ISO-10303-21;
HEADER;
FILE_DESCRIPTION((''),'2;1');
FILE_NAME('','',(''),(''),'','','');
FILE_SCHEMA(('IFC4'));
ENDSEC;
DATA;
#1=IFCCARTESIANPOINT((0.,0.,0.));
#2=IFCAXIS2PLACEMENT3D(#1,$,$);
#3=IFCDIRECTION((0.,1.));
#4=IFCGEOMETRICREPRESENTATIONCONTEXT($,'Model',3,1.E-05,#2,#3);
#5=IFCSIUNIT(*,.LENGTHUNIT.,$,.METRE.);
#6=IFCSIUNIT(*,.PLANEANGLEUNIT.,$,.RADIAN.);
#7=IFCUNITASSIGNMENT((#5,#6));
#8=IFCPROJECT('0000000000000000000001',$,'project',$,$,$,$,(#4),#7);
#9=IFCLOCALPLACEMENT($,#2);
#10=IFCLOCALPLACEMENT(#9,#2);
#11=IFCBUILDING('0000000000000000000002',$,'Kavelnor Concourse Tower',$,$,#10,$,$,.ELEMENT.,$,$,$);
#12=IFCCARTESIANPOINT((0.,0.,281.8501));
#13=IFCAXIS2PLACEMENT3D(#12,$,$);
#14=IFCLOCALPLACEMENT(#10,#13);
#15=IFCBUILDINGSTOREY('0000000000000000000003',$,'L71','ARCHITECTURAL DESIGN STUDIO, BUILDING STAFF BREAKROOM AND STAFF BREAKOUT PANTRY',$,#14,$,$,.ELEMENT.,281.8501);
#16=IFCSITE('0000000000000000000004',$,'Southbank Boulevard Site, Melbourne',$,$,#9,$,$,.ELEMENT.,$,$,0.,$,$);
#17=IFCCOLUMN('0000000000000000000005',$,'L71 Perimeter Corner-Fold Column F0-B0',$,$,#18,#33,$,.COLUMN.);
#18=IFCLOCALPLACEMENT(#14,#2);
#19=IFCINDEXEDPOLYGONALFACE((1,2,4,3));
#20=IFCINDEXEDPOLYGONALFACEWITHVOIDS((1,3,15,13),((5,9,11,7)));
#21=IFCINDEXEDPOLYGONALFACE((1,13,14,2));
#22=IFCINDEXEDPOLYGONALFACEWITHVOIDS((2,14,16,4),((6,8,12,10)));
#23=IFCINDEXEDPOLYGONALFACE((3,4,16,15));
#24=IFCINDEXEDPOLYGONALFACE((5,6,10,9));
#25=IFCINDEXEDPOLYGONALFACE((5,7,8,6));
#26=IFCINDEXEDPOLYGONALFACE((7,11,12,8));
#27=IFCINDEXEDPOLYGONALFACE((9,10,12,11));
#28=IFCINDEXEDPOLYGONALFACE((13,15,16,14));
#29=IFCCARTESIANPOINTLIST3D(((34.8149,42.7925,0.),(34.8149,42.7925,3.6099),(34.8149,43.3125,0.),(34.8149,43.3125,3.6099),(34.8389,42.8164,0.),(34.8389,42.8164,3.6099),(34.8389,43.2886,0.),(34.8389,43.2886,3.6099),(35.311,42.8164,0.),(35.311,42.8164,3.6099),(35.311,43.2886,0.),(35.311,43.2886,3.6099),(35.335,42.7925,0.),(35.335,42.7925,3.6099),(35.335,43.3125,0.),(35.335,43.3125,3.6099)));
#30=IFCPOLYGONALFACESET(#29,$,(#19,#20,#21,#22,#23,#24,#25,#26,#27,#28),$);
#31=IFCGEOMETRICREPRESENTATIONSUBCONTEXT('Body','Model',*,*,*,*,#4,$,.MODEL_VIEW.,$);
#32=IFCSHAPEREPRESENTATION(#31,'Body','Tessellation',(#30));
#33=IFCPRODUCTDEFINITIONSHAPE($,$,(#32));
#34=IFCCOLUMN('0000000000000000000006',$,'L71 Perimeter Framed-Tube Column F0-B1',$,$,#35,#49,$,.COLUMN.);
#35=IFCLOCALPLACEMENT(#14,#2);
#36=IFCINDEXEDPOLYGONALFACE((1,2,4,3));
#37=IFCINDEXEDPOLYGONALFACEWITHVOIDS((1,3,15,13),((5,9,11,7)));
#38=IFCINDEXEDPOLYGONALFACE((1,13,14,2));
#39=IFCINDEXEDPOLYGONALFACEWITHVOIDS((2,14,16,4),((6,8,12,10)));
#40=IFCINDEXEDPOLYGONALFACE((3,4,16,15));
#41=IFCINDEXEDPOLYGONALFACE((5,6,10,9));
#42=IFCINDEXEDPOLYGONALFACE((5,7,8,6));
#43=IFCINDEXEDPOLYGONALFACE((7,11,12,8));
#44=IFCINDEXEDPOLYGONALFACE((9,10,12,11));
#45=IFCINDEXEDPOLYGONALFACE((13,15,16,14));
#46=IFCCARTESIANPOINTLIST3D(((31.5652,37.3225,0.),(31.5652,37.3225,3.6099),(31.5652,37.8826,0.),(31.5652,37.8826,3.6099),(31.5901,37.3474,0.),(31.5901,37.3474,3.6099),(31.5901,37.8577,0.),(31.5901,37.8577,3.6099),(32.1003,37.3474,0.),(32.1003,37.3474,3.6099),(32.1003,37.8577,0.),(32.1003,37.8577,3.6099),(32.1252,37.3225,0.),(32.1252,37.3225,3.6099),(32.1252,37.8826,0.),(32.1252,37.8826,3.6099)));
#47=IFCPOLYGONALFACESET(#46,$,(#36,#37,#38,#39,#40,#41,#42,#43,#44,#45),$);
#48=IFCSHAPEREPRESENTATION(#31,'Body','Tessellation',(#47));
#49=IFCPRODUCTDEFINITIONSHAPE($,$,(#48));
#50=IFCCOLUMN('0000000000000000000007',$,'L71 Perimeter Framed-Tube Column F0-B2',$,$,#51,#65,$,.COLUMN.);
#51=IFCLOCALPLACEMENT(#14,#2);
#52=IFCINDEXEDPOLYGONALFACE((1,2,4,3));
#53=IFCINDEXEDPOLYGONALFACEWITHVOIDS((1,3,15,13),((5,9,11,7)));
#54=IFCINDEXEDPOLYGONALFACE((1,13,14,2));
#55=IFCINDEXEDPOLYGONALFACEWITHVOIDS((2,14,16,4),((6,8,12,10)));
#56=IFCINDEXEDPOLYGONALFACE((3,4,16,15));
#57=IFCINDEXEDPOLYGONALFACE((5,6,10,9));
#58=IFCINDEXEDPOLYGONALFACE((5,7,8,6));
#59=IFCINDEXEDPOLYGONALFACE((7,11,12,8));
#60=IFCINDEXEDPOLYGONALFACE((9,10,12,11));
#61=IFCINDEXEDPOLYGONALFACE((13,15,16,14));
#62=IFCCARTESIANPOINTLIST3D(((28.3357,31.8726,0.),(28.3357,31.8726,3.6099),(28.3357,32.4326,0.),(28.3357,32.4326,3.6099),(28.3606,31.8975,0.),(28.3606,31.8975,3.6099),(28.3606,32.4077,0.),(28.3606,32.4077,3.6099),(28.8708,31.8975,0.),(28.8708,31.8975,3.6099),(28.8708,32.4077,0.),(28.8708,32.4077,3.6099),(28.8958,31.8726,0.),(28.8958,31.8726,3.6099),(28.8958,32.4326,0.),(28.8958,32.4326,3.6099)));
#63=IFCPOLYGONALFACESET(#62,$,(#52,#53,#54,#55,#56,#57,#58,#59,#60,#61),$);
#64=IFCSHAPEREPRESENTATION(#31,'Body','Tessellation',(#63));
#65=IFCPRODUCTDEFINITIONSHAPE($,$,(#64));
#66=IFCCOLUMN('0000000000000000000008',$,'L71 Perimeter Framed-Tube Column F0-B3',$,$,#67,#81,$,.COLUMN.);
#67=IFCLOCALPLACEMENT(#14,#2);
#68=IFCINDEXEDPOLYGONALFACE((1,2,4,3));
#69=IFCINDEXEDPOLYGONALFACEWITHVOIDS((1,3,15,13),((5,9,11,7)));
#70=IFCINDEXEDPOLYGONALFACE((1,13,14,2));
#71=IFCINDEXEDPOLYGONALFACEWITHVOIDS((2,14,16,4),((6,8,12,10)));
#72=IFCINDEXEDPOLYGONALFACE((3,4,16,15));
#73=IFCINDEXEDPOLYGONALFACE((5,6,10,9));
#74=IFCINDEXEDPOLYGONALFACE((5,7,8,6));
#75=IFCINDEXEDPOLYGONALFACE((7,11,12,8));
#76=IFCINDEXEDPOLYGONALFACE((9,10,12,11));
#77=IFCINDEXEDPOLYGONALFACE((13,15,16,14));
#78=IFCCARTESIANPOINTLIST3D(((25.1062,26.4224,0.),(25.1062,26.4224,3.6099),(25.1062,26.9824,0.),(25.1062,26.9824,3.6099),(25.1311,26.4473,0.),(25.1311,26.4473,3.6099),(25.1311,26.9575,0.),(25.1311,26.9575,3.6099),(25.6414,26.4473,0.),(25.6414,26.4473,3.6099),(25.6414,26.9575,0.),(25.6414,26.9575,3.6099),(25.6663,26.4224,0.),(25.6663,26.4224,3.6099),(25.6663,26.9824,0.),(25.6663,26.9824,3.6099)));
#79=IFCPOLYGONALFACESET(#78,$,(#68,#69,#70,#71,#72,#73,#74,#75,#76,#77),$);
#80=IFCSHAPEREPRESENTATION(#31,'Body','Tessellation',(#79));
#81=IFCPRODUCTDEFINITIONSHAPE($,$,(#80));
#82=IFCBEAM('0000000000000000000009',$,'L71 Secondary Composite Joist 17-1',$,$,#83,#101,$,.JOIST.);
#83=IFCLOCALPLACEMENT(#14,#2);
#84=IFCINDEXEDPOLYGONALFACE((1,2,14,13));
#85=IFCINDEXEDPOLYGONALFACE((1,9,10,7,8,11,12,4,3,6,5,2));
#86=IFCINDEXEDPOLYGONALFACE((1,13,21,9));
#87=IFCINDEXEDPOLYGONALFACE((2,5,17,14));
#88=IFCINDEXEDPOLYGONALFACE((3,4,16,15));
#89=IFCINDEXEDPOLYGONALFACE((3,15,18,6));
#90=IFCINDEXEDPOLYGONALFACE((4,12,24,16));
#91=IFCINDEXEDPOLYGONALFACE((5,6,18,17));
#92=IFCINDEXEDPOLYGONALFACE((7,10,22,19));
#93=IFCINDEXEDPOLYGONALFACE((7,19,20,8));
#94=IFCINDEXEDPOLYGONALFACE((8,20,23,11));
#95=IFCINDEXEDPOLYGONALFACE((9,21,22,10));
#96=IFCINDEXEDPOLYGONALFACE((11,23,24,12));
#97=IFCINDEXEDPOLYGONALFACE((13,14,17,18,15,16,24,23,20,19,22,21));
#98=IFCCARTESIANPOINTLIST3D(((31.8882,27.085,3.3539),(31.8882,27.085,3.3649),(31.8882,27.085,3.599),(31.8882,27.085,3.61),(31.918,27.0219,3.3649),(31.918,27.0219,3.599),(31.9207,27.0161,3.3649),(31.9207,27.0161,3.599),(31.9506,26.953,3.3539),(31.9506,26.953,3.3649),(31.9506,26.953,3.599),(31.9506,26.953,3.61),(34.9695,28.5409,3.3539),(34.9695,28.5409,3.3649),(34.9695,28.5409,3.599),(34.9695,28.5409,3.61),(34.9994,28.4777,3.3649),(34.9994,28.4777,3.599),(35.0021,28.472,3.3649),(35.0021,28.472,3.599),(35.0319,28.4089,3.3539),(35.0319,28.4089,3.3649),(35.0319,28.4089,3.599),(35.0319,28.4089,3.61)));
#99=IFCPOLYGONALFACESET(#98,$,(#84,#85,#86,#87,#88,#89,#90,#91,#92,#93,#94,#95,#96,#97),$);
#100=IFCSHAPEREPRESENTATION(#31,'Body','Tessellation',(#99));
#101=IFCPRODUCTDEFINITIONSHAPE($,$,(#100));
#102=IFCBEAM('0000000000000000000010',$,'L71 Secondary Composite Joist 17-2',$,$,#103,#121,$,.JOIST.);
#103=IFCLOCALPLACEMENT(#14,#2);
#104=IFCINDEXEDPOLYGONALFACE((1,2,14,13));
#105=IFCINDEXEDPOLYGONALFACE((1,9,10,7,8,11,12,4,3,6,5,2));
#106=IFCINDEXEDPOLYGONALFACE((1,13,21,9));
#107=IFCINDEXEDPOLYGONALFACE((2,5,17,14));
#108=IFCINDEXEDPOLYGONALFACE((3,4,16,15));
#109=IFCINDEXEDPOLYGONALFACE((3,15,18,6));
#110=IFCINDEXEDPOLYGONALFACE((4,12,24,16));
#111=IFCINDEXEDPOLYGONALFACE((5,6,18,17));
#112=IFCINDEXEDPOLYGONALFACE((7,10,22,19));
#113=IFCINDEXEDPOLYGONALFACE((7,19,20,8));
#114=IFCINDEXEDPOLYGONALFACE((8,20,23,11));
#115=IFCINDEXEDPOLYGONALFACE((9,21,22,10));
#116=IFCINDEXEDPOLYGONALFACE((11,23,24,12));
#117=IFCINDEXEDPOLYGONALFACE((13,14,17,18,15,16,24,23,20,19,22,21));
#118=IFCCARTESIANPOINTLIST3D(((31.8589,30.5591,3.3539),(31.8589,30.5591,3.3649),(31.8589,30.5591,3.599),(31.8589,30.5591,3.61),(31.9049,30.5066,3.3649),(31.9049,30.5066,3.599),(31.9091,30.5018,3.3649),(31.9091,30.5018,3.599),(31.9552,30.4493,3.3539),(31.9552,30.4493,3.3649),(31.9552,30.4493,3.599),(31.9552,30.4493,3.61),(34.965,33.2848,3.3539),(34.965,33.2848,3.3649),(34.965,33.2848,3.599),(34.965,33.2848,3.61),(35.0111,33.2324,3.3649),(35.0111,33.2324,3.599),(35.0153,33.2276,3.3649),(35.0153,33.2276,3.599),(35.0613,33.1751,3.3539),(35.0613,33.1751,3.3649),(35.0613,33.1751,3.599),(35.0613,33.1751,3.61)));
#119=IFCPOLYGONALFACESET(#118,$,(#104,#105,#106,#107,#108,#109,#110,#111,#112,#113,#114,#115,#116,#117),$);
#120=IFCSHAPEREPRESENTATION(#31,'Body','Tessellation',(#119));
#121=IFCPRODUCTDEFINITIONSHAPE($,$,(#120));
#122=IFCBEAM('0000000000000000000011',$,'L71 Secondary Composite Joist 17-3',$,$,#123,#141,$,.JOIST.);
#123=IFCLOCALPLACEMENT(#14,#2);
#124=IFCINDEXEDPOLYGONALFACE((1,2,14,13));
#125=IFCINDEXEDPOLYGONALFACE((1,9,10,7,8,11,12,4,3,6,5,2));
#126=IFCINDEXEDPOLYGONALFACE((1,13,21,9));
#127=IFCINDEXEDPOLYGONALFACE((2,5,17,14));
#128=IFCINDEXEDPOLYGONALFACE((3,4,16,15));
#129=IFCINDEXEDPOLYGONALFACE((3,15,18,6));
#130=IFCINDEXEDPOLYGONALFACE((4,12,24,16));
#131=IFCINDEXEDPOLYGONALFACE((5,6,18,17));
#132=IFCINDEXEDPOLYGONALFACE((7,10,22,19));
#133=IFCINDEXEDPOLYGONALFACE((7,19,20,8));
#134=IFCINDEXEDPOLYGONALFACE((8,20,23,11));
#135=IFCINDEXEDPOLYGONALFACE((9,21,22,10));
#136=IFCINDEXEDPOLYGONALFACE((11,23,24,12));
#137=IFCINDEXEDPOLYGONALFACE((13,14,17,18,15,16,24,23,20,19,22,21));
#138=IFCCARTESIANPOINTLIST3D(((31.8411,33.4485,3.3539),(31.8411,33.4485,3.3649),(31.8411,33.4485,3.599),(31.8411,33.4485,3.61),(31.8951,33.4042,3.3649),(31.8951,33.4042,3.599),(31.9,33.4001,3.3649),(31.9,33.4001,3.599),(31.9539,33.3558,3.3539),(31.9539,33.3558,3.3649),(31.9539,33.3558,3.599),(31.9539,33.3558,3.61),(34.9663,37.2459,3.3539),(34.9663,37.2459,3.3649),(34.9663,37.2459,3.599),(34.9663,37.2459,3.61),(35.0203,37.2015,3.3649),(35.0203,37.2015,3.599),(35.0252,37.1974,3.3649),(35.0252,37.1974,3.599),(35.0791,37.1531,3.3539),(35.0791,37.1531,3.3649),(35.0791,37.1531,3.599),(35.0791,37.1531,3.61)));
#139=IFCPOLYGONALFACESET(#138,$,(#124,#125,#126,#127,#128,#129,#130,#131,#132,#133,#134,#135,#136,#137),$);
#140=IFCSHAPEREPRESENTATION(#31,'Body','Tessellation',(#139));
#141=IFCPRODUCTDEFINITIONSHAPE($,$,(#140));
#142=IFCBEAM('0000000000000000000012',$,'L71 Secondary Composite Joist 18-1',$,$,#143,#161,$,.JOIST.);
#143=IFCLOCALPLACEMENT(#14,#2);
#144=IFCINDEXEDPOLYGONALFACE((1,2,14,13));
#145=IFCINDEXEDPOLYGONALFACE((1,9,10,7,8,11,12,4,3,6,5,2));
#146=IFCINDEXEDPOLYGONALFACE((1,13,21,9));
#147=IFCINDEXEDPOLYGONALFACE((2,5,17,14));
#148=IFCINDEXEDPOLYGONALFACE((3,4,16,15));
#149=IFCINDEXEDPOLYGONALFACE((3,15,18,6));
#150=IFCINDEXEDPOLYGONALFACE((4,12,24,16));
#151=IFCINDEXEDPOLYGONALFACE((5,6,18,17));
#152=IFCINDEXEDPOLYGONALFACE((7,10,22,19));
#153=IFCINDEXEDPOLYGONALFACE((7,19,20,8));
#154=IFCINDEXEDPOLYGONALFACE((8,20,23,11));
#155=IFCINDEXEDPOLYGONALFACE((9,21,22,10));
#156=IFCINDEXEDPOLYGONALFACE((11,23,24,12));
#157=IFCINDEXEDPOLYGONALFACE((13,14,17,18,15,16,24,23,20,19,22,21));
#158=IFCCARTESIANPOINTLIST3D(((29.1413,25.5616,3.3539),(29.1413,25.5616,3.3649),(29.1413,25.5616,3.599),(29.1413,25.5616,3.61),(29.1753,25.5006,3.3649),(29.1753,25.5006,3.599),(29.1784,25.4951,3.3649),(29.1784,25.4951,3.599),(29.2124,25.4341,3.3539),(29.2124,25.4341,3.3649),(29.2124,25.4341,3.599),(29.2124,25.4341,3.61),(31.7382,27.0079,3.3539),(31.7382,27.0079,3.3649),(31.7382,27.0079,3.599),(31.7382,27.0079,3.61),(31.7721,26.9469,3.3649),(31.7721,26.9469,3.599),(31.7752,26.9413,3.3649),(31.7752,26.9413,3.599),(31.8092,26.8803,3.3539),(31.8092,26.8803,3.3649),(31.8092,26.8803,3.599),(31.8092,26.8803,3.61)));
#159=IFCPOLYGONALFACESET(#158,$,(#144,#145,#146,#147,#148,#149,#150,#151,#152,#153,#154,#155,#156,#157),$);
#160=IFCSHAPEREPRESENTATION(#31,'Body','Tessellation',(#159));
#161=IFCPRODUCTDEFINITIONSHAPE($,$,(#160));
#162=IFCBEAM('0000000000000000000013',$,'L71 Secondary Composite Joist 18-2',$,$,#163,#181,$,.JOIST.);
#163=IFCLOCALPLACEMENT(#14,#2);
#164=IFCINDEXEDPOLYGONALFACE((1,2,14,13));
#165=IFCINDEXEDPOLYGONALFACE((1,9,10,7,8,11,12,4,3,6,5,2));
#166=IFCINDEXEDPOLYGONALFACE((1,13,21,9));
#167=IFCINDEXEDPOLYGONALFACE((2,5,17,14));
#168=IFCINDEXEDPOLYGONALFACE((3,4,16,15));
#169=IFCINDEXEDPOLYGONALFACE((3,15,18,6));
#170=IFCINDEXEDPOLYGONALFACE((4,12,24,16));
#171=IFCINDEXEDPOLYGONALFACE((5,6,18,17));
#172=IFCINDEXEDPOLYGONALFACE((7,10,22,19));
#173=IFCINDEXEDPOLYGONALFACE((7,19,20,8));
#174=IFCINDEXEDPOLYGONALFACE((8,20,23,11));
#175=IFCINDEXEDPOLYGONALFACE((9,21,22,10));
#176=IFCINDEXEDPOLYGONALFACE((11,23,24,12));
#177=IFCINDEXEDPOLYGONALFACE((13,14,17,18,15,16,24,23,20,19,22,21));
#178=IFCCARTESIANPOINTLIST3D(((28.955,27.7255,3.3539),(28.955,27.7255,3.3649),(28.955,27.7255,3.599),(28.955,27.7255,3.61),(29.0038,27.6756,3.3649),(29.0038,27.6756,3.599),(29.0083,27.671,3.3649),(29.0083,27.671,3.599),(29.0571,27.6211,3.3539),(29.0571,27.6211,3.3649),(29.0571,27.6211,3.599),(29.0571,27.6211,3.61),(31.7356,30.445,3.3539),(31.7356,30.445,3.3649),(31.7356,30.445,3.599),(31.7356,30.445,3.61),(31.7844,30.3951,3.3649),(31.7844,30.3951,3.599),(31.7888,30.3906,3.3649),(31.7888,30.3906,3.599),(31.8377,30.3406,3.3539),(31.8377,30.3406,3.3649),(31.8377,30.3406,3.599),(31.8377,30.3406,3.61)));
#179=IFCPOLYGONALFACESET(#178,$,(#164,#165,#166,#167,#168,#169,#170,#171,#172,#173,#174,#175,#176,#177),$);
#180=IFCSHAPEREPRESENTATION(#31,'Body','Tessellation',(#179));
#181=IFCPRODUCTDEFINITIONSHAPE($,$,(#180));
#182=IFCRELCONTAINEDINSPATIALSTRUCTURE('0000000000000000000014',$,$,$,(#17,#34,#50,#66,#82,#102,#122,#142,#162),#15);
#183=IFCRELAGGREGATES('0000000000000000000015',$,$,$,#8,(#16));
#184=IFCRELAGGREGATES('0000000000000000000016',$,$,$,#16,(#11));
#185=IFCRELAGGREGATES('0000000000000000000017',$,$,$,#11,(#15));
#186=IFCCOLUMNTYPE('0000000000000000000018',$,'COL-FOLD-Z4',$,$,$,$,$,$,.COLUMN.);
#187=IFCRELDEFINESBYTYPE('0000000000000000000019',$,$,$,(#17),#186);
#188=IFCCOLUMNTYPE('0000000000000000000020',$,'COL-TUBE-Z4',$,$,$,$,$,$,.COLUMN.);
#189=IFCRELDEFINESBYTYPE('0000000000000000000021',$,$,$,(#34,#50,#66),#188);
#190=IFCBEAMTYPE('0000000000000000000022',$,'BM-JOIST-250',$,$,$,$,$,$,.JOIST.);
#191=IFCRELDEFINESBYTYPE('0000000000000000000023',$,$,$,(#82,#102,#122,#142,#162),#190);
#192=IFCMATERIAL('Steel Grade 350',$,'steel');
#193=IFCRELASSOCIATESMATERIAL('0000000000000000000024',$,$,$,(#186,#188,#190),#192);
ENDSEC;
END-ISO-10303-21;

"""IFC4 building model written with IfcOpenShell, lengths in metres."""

from ifc_helpers import new_model, si_unit, direction, frame, origin, origin_2d, place, context, subcontext, project, spatial, hollow_rectangle, i_section, extrude, material, material_profile, profile_set, type_object, element, save


model = new_model("IFC4")

# Units and contexts
model_context = context("Model", 3, precision=1e-05, world=origin(), true_north=direction((0.0, 1.0)))
body_context = subcontext(model_context, "Body", "Model", "MODEL_VIEW")
ifc_project = project(units=[si_unit("LENGTHUNIT", "METRE"), si_unit("PLANEANGLEUNIT", "RADIAN")], contexts=[model_context])

# Site, building, storey
site_placement = place(None, origin())
site = spatial("IfcSite", under=ifc_project, at=site_placement, Name="Southbank Boulevard Site, Melbourne", CompositionType="ELEMENT", RefElevation=0.0)
building_placement = place(site_placement, origin())
building = spatial("IfcBuilding", under=site, at=building_placement, Name="Kavelnor Concourse Tower", CompositionType="ELEMENT")
storey_placement = place(building_placement, frame((0.0, 0.0, 281.8501)))
storey = spatial("IfcBuildingStorey", under=building, at=storey_placement, Name="L71", Description="ARCHITECTURAL DESIGN STUDIO, BUILDING STAFF BREAKROOM AND STAFF BREAKOUT PANTRY", CompositionType="ELEMENT", Elevation=281.8501)

# Columns
ifc_material_1 = material(Name="Steel Grade 350", Category="steel")
ifc_material_profile_1 = material_profile(ifc_material_1, hollow_rectangle(XDim=0.52, YDim=0.52, WallThickness=0.0239, at=origin_2d()), Name="SHS 520x520x24")
ifc_profile_set_1 = profile_set([ifc_material_profile_1], Name="Steel Grade 350")
column_type_1 = type_object("IfcColumnType", Name="COL-FOLD-Z4", PredefinedType="COLUMN", material=ifc_profile_set_1)
column_placement = place(storey_placement, frame((35.075, 43.0525, 0.0), z_axis=(0.0, 0.0, 1.0), x_axis=(1.0, 0.0, 0.0)))
element("IfcColumn", 1, at=column_placement, inside=storey, type_object=column_type_1, Name="L71 Perimeter Corner-Fold Column F0-B0", PredefinedType="COLUMN", context=body_context, shape_type="SweptSolid", body=[
    extrude(hollow_rectangle(XDim=0.52, YDim=0.52, WallThickness=0.0239, at=origin_2d()), origin(), (0.0, 0.0, 1.0), 3.6099),
])
ifc_material_profile_2 = material_profile(ifc_material_1, hollow_rectangle(XDim=0.5601, YDim=0.5601, WallThickness=0.0249, at=origin_2d()), Name="SHS 560x560x25")
ifc_profile_set_2 = profile_set([ifc_material_profile_2], Name="Steel Grade 350")
column_type_2 = type_object("IfcColumnType", Name="COL-TUBE-Z4", PredefinedType="COLUMN", material=ifc_profile_set_2)
for number, where, z_axis, x_axis, name in (
    (2, (31.8452, 37.6025, 0.0), (0.0, 0.0, 1.0), (1.0, 0.0, 0.0), "L71 Perimeter Framed-Tube Column F0-B1"),
    (3, (28.6157, 32.1526, 0.0), (0.0, 0.0, 1.0), (1.0, 0.0, 0.0), "L71 Perimeter Framed-Tube Column F0-B2"),
    (4, (25.3862, 26.7024, 0.0), (0.0, 0.0, 1.0), (1.0, 0.0, 0.0), "L71 Perimeter Framed-Tube Column F0-B3"),
):
    element("IfcColumn", number, at=place(storey_placement, frame(where, z_axis=z_axis, x_axis=x_axis)), inside=storey, type_object=column_type_2, Name=name, PredefinedType="COLUMN", context=body_context, shape_type="SweptSolid", body=[
        extrude(hollow_rectangle(XDim=0.5601, YDim=0.5601, WallThickness=0.0249, at=origin_2d()), origin(), (0.0, 0.0, 1.0), 3.6099),
    ])

# Beams
ifc_material_profile_3 = material_profile(ifc_material_1, i_section(OverallWidth=0.146, OverallDepth=0.2561, WebThickness=0.0063, FlangeThickness=0.011, at=origin_2d()), Name="250UB37")
ifc_profile_set_3 = profile_set([ifc_material_profile_3], Name="Steel Grade 350")
beam_type_1 = type_object("IfcBeamType", Name="BM-JOIST-250", PredefinedType="JOIST", material=ifc_profile_set_3)
beam_1_placement = place(storey_placement, frame((35.0007, 28.4749, 3.4819), z_axis=(-0.904163, -0.427187, 0.0), x_axis=(0.427187, -0.904163, 0.0)))
element("IfcBeam", 5, at=beam_1_placement, inside=storey, type_object=beam_type_1, Name="L71 Secondary Composite Joist 17-1", PredefinedType="JOIST", context=body_context, shape_type="SweptSolid", body=[
    extrude(i_section(OverallWidth=0.146, OverallDepth=0.2561, WebThickness=0.0063, FlangeThickness=0.011, at=origin_2d()), origin(), (0.0, 0.0, 1.0), 3.408),
])
beam_2_placement = place(storey_placement, frame((35.0132, 33.23, 3.4819), z_axis=(-0.751628, -0.659587, 0.0), x_axis=(0.659587, -0.751628, 0.0)))
element("IfcBeam", 6, at=beam_2_placement, inside=storey, type_object=beam_type_1, Name="L71 Secondary Composite Joist 17-2", PredefinedType="JOIST", context=body_context, shape_type="SweptSolid", body=[
    extrude(i_section(OverallWidth=0.146, OverallDepth=0.2561, WebThickness=0.0063, FlangeThickness=0.011, at=origin_2d()), origin(), (0.0, 0.0, 1.0), 4.1326),
])
beam_3_placement = place(storey_placement, frame((35.0227, 37.1995, 3.4819), z_axis=(-0.635465, -0.772129, 0.0), x_axis=(0.772129, -0.635465, 0.0)))
element("IfcBeam", 7, at=beam_3_placement, inside=storey, type_object=beam_type_1, Name="L71 Secondary Composite Joist 17-3", PredefinedType="JOIST", context=body_context, shape_type="SweptSolid", body=[
    extrude(i_section(OverallWidth=0.146, OverallDepth=0.2561, WebThickness=0.0063, FlangeThickness=0.011, at=origin_2d()), origin(), (0.0, 0.0, 1.0), 4.918),
])
beam_4_placement = place(storey_placement, frame((31.7737, 26.9441, 3.4819), z_axis=(-0.873649, -0.486556, 0.0), x_axis=(0.486556, -0.873649, 0.0)))
element("IfcBeam", 8, at=beam_4_placement, inside=storey, type_object=beam_type_1, Name="L71 Secondary Composite Joist 18-1", PredefinedType="JOIST", context=body_context, shape_type="SweptSolid", body=[
    extrude(i_section(OverallWidth=0.146, OverallDepth=0.2561, WebThickness=0.0063, FlangeThickness=0.011, at=origin_2d()), origin(), (0.0, 0.0, 1.0), 2.9724),
])
beam_5_placement = place(storey_placement, frame((31.7866, 30.3928, 3.4819), z_axis=(-0.71491, -0.699217, 0.0), x_axis=(0.699217, -0.71491, 0.0)))
element("IfcBeam", 9, at=beam_5_placement, inside=storey, type_object=beam_type_1, Name="L71 Secondary Composite Joist 18-2", PredefinedType="JOIST", context=body_context, shape_type="SweptSolid", body=[
    extrude(i_section(OverallWidth=0.146, OverallDepth=0.2561, WebThickness=0.0063, FlangeThickness=0.011, at=origin_2d()), origin(), (0.0, 0.0, 1.0), 3.8894),
])

save(model, "model.ifc")
